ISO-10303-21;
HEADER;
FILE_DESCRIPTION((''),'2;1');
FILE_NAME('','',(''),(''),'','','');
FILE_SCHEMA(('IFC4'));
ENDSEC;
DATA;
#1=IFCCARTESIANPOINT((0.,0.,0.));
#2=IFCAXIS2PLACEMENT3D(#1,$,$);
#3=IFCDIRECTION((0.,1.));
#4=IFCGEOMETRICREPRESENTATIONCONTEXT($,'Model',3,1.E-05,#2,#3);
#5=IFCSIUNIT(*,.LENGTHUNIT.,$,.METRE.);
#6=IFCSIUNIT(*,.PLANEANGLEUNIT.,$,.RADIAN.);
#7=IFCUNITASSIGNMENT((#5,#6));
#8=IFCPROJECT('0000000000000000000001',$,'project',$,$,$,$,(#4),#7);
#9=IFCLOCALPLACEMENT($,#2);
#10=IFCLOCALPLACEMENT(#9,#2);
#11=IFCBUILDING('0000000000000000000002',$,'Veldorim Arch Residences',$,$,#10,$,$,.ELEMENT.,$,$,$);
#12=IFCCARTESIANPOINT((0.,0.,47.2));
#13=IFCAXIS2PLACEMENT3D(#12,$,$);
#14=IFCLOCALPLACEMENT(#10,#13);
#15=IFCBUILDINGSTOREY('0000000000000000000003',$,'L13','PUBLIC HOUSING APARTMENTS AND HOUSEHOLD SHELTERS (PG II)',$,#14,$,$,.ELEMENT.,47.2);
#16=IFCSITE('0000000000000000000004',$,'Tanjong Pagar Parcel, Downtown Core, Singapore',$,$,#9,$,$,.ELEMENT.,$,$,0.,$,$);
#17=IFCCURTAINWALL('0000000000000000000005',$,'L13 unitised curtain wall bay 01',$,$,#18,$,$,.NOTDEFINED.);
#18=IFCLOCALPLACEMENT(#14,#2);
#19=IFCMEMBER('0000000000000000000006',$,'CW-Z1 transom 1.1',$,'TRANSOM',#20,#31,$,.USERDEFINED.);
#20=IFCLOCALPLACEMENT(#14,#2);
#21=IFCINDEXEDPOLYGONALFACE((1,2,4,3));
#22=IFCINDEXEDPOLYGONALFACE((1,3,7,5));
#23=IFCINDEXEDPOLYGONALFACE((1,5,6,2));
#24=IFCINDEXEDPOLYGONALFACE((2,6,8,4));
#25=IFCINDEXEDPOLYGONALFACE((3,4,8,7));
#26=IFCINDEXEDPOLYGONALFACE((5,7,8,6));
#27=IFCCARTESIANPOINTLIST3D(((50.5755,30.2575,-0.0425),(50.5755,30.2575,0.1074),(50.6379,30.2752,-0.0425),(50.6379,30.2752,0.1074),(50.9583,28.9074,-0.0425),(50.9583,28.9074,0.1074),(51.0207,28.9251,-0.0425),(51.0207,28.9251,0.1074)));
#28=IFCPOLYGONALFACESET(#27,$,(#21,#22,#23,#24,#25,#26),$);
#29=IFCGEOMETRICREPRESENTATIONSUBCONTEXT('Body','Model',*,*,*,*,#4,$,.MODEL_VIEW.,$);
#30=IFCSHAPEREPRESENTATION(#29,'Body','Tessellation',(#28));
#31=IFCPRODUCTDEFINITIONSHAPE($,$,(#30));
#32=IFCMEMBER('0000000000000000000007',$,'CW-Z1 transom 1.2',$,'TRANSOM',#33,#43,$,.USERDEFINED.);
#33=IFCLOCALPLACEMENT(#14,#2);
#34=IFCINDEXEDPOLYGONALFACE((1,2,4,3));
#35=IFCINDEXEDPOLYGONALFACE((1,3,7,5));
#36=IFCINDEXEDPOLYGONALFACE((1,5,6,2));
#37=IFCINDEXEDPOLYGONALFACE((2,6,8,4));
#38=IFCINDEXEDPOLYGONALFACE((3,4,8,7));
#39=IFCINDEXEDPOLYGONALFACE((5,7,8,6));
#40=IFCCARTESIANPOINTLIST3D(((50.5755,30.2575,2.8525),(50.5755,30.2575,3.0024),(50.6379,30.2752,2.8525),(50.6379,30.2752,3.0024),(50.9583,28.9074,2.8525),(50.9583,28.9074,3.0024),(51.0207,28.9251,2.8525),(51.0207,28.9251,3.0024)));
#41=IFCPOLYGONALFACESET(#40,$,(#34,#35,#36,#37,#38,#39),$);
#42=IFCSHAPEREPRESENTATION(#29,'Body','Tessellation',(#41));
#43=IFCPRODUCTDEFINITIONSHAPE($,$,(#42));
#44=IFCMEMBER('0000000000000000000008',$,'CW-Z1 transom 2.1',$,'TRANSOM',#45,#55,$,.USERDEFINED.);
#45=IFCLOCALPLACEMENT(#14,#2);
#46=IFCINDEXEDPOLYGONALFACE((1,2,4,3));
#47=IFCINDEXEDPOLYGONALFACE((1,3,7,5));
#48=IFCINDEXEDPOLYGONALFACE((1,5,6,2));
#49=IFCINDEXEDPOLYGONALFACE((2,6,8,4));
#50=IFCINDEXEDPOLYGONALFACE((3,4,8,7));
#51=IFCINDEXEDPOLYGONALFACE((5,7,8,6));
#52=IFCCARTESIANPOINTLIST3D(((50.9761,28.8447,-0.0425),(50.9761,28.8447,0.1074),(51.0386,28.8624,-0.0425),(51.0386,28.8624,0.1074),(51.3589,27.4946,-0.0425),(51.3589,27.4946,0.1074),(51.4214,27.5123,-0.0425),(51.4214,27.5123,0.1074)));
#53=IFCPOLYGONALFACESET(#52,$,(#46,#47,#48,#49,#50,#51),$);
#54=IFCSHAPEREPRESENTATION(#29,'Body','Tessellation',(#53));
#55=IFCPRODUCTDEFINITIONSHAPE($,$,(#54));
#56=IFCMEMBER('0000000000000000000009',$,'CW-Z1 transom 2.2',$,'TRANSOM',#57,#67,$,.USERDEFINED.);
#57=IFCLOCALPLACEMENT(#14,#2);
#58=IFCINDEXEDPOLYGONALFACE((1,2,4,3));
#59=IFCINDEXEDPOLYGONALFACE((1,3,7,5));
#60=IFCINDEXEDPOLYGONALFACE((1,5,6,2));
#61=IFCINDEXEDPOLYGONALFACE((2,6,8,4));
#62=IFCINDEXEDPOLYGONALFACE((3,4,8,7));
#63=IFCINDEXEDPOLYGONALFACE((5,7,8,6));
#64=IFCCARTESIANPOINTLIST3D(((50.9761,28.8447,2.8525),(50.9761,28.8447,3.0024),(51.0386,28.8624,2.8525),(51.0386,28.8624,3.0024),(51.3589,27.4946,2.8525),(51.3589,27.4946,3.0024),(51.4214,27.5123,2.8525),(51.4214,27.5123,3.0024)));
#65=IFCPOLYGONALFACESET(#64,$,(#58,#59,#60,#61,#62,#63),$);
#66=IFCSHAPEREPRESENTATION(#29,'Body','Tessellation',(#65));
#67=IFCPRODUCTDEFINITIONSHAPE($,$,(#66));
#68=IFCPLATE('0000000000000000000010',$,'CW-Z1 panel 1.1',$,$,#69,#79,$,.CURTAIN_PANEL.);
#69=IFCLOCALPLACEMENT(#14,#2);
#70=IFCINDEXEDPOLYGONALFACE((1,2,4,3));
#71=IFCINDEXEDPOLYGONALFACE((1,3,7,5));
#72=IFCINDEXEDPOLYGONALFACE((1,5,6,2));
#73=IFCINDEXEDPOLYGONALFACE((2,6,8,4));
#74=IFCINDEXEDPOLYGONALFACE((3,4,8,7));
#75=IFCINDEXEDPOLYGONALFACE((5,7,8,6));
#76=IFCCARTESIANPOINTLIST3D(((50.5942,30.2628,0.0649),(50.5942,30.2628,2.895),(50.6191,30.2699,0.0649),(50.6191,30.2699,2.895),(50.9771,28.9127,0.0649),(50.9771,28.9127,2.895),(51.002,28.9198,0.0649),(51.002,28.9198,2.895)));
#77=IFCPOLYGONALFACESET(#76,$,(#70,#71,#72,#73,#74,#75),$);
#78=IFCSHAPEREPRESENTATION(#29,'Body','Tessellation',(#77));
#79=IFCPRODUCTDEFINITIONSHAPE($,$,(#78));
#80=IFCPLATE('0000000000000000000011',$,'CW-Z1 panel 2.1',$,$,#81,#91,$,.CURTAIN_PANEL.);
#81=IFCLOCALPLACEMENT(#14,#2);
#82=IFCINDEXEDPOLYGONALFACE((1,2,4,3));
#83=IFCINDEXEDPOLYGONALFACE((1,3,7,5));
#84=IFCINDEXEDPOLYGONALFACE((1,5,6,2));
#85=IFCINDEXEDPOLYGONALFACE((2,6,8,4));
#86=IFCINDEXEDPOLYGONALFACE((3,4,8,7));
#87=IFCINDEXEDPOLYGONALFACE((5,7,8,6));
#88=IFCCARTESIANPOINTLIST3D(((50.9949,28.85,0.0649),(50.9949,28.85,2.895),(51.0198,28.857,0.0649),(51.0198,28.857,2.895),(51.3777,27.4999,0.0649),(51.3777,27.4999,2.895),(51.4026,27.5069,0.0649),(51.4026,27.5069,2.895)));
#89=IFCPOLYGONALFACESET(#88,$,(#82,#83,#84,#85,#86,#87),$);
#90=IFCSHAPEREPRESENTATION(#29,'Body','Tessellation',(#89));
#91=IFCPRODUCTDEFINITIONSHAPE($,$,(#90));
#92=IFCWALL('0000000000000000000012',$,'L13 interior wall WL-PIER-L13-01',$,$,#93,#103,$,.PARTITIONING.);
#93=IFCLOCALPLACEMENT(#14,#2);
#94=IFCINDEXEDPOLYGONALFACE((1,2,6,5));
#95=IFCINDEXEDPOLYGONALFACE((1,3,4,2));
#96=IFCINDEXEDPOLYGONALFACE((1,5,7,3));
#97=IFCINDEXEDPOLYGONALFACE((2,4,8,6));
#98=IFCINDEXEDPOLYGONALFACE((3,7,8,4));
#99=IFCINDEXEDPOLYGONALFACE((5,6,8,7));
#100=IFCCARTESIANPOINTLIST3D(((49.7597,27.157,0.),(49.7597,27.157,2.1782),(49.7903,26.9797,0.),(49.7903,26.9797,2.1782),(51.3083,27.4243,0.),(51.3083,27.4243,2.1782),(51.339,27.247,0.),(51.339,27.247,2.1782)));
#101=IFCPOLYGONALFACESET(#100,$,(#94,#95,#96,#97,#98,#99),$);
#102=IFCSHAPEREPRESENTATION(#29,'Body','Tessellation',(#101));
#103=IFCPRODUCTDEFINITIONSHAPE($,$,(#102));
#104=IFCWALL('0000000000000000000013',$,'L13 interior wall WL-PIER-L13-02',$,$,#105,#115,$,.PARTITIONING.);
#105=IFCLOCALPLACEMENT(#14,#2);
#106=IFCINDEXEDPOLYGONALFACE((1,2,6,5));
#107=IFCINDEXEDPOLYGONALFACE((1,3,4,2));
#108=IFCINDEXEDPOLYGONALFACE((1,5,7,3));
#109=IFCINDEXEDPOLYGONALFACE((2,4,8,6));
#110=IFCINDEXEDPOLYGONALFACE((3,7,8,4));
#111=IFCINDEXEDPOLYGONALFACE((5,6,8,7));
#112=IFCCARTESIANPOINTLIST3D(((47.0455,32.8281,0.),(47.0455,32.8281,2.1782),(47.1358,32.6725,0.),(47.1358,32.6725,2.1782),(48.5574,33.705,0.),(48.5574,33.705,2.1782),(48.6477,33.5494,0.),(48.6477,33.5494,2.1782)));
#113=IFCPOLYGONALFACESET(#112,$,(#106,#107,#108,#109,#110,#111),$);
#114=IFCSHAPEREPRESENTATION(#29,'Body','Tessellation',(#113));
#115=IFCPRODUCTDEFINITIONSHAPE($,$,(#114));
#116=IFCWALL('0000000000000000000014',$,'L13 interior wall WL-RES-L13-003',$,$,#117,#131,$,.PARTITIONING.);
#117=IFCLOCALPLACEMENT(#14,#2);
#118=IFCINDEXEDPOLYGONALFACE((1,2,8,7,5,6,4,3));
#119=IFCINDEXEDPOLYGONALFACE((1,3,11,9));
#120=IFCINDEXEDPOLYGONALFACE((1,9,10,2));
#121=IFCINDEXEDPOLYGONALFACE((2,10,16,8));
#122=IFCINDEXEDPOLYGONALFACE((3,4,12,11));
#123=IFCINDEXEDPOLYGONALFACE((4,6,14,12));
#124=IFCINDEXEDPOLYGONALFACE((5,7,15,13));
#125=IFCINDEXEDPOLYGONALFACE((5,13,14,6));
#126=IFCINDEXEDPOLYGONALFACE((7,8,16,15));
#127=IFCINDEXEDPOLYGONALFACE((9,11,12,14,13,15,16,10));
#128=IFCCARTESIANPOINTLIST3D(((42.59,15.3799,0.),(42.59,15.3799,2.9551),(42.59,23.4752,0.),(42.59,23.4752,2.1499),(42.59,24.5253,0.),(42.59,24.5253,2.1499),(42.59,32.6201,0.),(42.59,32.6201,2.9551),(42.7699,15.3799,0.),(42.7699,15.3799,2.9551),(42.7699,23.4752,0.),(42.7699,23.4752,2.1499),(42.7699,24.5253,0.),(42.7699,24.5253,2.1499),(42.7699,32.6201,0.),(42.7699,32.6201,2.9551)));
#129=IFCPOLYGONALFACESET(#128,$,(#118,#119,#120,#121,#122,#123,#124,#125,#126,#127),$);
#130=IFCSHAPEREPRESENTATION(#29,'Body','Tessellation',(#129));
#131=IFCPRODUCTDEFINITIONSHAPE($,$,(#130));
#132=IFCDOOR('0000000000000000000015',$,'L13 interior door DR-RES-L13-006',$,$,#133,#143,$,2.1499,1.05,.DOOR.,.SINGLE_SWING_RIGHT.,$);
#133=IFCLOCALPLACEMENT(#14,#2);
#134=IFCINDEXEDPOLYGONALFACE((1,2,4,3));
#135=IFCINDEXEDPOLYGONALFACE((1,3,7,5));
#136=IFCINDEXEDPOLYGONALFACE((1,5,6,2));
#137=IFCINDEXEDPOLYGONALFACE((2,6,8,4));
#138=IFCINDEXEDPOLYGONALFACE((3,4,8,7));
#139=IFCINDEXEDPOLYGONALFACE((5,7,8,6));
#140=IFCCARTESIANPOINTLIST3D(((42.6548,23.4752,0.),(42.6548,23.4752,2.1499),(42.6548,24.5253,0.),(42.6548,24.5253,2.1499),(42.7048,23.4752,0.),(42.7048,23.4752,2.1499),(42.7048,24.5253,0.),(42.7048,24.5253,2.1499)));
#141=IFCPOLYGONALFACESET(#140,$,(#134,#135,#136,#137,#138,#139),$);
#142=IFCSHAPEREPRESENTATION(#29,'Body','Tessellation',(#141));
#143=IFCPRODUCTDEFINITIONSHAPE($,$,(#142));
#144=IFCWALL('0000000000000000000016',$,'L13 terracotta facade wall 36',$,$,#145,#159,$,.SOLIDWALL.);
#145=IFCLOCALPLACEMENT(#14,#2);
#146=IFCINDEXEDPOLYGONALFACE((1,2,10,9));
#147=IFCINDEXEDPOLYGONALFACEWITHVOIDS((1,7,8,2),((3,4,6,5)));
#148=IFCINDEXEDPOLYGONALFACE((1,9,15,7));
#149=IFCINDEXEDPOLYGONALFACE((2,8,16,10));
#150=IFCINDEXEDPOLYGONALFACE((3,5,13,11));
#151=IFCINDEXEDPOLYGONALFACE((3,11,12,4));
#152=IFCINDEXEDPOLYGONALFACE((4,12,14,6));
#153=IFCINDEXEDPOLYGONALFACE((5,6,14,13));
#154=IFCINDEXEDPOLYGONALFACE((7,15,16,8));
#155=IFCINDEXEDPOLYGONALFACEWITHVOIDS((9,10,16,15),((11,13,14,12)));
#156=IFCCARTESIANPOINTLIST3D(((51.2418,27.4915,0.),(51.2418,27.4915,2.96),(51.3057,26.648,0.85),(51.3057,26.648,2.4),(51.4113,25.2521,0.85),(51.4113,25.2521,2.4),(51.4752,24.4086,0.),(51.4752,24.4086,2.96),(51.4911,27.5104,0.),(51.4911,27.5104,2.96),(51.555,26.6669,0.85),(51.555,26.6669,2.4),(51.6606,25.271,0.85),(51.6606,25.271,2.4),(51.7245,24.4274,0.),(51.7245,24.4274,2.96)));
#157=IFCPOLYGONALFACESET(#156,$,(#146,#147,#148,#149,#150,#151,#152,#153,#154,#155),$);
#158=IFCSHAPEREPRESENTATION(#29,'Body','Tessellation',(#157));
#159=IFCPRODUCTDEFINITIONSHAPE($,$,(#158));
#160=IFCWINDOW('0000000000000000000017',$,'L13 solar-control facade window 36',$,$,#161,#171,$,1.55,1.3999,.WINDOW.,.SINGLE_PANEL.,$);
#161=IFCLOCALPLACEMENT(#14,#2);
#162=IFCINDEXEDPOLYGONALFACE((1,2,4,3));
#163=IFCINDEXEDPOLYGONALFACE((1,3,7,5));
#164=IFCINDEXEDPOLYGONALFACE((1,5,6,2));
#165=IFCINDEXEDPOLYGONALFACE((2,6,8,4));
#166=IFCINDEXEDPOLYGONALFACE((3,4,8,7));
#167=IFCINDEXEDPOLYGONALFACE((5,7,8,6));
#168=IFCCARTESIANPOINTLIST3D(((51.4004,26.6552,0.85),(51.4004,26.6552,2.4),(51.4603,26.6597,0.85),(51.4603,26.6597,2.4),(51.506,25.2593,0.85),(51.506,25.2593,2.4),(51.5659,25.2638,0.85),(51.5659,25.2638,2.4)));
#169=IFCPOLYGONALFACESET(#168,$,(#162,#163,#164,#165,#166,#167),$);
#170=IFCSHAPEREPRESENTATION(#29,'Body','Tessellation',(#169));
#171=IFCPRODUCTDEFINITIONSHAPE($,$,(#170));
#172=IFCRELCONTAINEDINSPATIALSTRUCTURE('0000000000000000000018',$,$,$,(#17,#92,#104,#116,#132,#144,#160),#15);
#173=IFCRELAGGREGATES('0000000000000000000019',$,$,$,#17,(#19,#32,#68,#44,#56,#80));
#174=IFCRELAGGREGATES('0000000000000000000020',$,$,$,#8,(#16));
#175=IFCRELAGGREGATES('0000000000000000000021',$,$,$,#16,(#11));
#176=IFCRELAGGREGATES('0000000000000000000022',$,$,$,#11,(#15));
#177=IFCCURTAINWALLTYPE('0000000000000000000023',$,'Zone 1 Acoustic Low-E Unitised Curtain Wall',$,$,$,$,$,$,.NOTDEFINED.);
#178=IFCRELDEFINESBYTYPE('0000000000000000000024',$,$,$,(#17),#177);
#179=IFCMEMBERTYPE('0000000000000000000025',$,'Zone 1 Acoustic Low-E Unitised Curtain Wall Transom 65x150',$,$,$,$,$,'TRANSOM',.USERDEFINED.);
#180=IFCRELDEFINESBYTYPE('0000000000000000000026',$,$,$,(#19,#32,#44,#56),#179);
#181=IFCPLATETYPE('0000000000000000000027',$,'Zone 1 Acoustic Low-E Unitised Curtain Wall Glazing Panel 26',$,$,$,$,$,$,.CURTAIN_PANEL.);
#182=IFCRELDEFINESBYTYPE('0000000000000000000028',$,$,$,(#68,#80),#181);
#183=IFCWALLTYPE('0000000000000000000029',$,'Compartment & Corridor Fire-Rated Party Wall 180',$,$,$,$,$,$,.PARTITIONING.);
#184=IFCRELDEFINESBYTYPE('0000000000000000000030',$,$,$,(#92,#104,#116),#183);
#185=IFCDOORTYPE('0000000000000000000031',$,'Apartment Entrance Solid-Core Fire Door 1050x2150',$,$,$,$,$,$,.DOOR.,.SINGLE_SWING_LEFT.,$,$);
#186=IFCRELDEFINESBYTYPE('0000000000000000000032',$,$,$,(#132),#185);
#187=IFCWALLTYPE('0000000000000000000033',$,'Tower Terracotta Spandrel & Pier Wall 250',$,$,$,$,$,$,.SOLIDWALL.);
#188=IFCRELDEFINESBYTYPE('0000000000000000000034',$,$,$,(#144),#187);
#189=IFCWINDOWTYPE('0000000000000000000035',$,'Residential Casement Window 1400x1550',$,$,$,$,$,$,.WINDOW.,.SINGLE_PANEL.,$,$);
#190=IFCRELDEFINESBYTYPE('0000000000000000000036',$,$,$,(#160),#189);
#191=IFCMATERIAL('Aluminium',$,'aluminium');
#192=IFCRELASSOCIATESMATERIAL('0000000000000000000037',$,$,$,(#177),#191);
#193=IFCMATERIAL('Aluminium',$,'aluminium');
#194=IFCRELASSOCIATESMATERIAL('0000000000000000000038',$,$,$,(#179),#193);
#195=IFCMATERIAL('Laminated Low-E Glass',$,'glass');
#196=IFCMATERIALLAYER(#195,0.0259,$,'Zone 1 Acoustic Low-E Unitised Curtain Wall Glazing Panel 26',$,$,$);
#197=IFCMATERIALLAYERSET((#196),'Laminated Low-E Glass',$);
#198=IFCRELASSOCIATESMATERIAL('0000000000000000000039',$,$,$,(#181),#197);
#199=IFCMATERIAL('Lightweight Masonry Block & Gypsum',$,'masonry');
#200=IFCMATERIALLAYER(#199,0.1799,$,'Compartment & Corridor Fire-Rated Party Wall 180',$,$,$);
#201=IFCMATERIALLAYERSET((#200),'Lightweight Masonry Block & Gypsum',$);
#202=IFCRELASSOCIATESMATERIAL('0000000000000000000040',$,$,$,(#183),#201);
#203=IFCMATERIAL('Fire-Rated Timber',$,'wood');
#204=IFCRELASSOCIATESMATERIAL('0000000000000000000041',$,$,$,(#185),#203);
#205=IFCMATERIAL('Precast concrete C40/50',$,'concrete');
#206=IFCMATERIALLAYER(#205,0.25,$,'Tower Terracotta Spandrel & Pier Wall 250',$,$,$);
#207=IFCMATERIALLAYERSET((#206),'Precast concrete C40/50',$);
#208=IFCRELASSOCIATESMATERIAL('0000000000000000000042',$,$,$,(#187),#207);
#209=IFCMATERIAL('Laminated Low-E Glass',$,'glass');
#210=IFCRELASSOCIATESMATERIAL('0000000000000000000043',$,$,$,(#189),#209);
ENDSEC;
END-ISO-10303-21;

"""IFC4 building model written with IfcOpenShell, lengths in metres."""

from ifc_helpers import new_model, si_unit, direction, frame, frame_2d, origin, origin_2d, place, context, subcontext, project, spatial, rectangle, extrude, material, layer, layer_set, material_profile, profile_set, type_object, element, fill, aggregate, save


model = new_model("IFC4")

# Units and contexts
model_context = context("Model", 3, precision=1e-05, world=origin(), true_north=direction((0.0, 1.0)))
body_context = subcontext(model_context, "Body", "Model", "MODEL_VIEW")
ifc_project = project(units=[si_unit("LENGTHUNIT", "METRE"), si_unit("PLANEANGLEUNIT", "RADIAN")], contexts=[model_context])

# Site, building, storey
site_placement = place(None, origin())
site = spatial("IfcSite", under=ifc_project, at=site_placement, Name="Tanjong Pagar Parcel, Downtown Core, Singapore", CompositionType="ELEMENT", RefElevation=0.0)
building_placement = place(site_placement, origin())
building = spatial("IfcBuilding", under=site, at=building_placement, Name="Veldorim Arch Residences", CompositionType="ELEMENT")
storey_placement = place(building_placement, frame((0.0, 0.0, 47.2)))
storey = spatial("IfcBuildingStorey", under=building, at=storey_placement, Name="L13", Description="PUBLIC HOUSING APARTMENTS AND HOUSEHOLD SHELTERS (PG II)", CompositionType="ELEMENT", Elevation=47.2)

# Curtain wall, members, plates
ifc_material_1 = material(Name="Aluminium", Category="aluminium")
curtain_wall_type = type_object("IfcCurtainWallType", Name="Zone 1 Acoustic Low-E Unitised Curtain Wall", PredefinedType="NOTDEFINED", material=ifc_material_1)
curtain_wall_placement = place(storey_placement, origin())
curtain_wall = element("IfcCurtainWall", 1, at=curtain_wall_placement, inside=storey, type_object=curtain_wall_type, Name="L13 unitised curtain wall bay 01", PredefinedType="NOTDEFINED")
ifc_material_2 = material(Name="Aluminium", Category="aluminium")
ifc_material_profile_1 = material_profile(ifc_material_2, rectangle(XDim=0.0649, YDim=0.1499, at=origin_2d()), Name="ALU_TRN_65x150")
ifc_profile_set_1 = profile_set([ifc_material_profile_1], Name="Aluminium")
member_type_1 = type_object("IfcMemberType", Name="Zone 1 Acoustic Low-E Unitised Curtain Wall Transom 65x150", ElementType="TRANSOM", PredefinedType="USERDEFINED", material=ifc_profile_set_1)
member_1_placement = place(storey_placement, frame((50.6067, 30.2664, 0.0325), z_axis=(0.27279, -0.962073, 0.0), x_axis=(0.962073, 0.27279, 0.0)))
member_1 = element("IfcMember", 2, at=member_1_placement, type_object=member_type_1, Name="CW-Z1 transom 1.1", ObjectType="TRANSOM", PredefinedType="USERDEFINED", context=body_context, shape_type="SweptSolid", body=[
    extrude(rectangle(XDim=0.0649, YDim=0.1499, at=origin_2d()), origin(), (0.0, 0.0, 1.0), 1.4033),
])
member_2_placement = place(storey_placement, frame((50.6067, 30.2664, 2.9275), z_axis=(0.27279, -0.962073, 0.0), x_axis=(0.962073, 0.27279, 0.0)))
member_2 = element("IfcMember", 3, at=member_2_placement, type_object=member_type_1, Name="CW-Z1 transom 1.2", ObjectType="TRANSOM", PredefinedType="USERDEFINED", context=body_context, shape_type="SweptSolid", body=[
    extrude(rectangle(XDim=0.0649, YDim=0.1499, at=origin_2d()), origin(), (0.0, 0.0, 1.0), 1.4033),
])
member_3_placement = place(storey_placement, frame((51.0073, 28.8535, 0.0325), z_axis=(0.27279, -0.962073, 0.0), x_axis=(0.962073, 0.27279, 0.0)))
member_3 = element("IfcMember", 4, at=member_3_placement, type_object=member_type_1, Name="CW-Z1 transom 2.1", ObjectType="TRANSOM", PredefinedType="USERDEFINED", context=body_context, shape_type="SweptSolid", body=[
    extrude(rectangle(XDim=0.0649, YDim=0.1499, at=origin_2d()), origin(), (0.0, 0.0, 1.0), 1.4033),
])
member_4_placement = place(storey_placement, frame((51.0073, 28.8535, 2.9275), z_axis=(0.27279, -0.962073, 0.0), x_axis=(0.962073, 0.27279, 0.0)))
member_4 = element("IfcMember", 5, at=member_4_placement, type_object=member_type_1, Name="CW-Z1 transom 2.2", ObjectType="TRANSOM", PredefinedType="USERDEFINED", context=body_context, shape_type="SweptSolid", body=[
    extrude(rectangle(XDim=0.0649, YDim=0.1499, at=origin_2d()), origin(), (0.0, 0.0, 1.0), 1.4033),
])
ifc_material_3 = material(Name="Laminated Low-E Glass", Category="glass")
ifc_layer_1 = layer(ifc_material_3, 0.0259, Name="Zone 1 Acoustic Low-E Unitised Curtain Wall Glazing Panel 26")
ifc_layer_set_1 = layer_set([ifc_layer_1], Name="Laminated Low-E Glass")
plate_type = type_object("IfcPlateType", Name="Zone 1 Acoustic Low-E Unitised Curtain Wall Glazing Panel 26", PredefinedType="CURTAIN_PANEL", material=ifc_layer_set_1)
plate_1_placement = place(storey_placement, frame((50.7981, 29.5913, 0.0649), z_axis=(0.0, 0.0, 1.0), x_axis=(0.272798, -0.962071, 0.0)))
plate_1 = element("IfcPlate", 6, at=plate_1_placement, type_object=plate_type, Name="CW-Z1 panel 1.1", PredefinedType="CURTAIN_PANEL", context=body_context, shape_type="SweptSolid", body=[
    extrude(rectangle(XDim=1.4033, YDim=0.0259, at=origin_2d()), origin(), (0.0, 0.0, 1.0), 2.8301),
])
plate_2_placement = place(storey_placement, frame((51.1987, 28.1785, 0.0649), z_axis=(0.0, 0.0, 1.0), x_axis=(0.272798, -0.962071, 0.0)))
plate_2 = element("IfcPlate", 7, at=plate_2_placement, type_object=plate_type, Name="CW-Z1 panel 2.1", PredefinedType="CURTAIN_PANEL", context=body_context, shape_type="SweptSolid", body=[
    extrude(rectangle(XDim=1.4033, YDim=0.0259, at=origin_2d()), origin(), (0.0, 0.0, 1.0), 2.8301),
])
aggregate(curtain_wall, [member_1, member_2, plate_1, member_3, member_4, plate_2])

# Walls
ifc_material_4 = material(Name="Lightweight Masonry Block & Gypsum", Category="masonry")
ifc_layer_2 = layer(ifc_material_4, 0.1799, Name="Compartment & Corridor Fire-Rated Party Wall 180")
ifc_layer_set_2 = layer_set([ifc_layer_2], Name="Lightweight Masonry Block & Gypsum")
wall_type_1 = type_object("IfcWallType", Name="Compartment & Corridor Fire-Rated Party Wall 180", PredefinedType="PARTITIONING", material=ifc_layer_set_2)
wall_1_placement = place(storey_placement, frame((49.7751, 27.0684, 0.0), z_axis=(0.0, 0.0, 1.0), x_axis=(0.985424, 0.170115, 0.0)))
element("IfcWall", 8, at=wall_1_placement, inside=storey, type_object=wall_type_1, Name="L13 interior wall WL-PIER-L13-01", PredefinedType="PARTITIONING", context=body_context, shape_type="SweptSolid", body=[
    extrude(rectangle(XDim=1.5715, YDim=0.1799, at=frame_2d((0.7856, 0.0))), origin(), (0.0, 0.0, 1.0), 2.1782),
])
wall_2_placement = place(storey_placement, frame((47.0906, 32.7502, 0.0), z_axis=(0.0, 0.0, 1.0), x_axis=(0.865028, 0.501724, 0.0)))
element("IfcWall", 9, at=wall_2_placement, inside=storey, type_object=wall_type_1, Name="L13 interior wall WL-PIER-L13-02", PredefinedType="PARTITIONING", context=body_context, shape_type="SweptSolid", body=[
    extrude(rectangle(XDim=1.7478, YDim=0.1799, at=frame_2d((0.874, 0.0))), origin(), (0.0, 0.0, 1.0), 2.1782),
])

# Wall, opening, door
wall_3_placement = place(storey_placement, frame((42.6799, 32.6201, 0.0), z_axis=(0.0, 0.0, 1.0), x_axis=(0.0, -1.0, 0.0)))
wall_3 = element("IfcWall", 10, at=wall_3_placement, inside=storey, type_object=wall_type_1, Name="L13 interior wall WL-RES-L13-003", PredefinedType="PARTITIONING", context=body_context, shape_type="SweptSolid", body=[
    extrude(rectangle(XDim=17.2402, YDim=0.1799, at=frame_2d((8.6201, 0.0))), origin(), (0.0, 0.0, 1.0), 2.9551),
])
opening_1_placement = place(wall_3_placement, frame((8.095, 0.0, 0.0)))
opening_1 = element("IfcOpeningElement", 11, at=opening_1_placement, cuts=wall_3, PredefinedType="OPENING", context=body_context, shape_type="SweptSolid", body=[
    extrude(rectangle(XDim=1.05, YDim=2.1499, at=frame_2d((0.5249, 1.075))), frame((0.0, 0.0999, 0.0), z_axis=(0.0, -1.0, 0.0), x_axis=(1.0, 0.0, 0.0)), (0.0, 0.0, 1.0), 0.2),
])
ifc_material_5 = material(Name="Fire-Rated Timber", Category="wood")
door_type = type_object("IfcDoorType", Name="Apartment Entrance Solid-Core Fire Door 1050x2150", OperationType="SINGLE_SWING_LEFT", PredefinedType="DOOR", material=ifc_material_5)
door_placement = place(opening_1_placement, origin())
door = element("IfcDoor", 12, at=door_placement, inside=storey, type_object=door_type, Name="L13 interior door DR-RES-L13-006", OperationType="SINGLE_SWING_RIGHT", OverallHeight=2.1499, OverallWidth=1.05, PredefinedType="DOOR", context=body_context, shape_type="SweptSolid", body=[
    extrude(rectangle(XDim=1.05, YDim=2.1499, at=frame_2d((0.5249, 1.075))), frame((0.0, 0.0249, 0.0), z_axis=(0.0, -1.0, 0.0), x_axis=(1.0, 0.0, 0.0)), (0.0, 0.0, 1.0), 0.05),
])
fill(opening_1, door)

# Wall, opening, window
ifc_material_6 = material(Name="Precast concrete C40/50", Category="concrete")
ifc_layer_3 = layer(ifc_material_6, 0.25, Name="Tower Terracotta Spandrel & Pier Wall 250")
ifc_layer_set_3 = layer_set([ifc_layer_3], Name="Precast concrete C40/50")
wall_type_2 = type_object("IfcWallType", Name="Tower Terracotta Spandrel & Pier Wall 250", PredefinedType="SOLIDWALL", material=ifc_layer_set_3)
wall_4_placement = place(storey_placement, frame((51.3665, 27.501, 0.0), z_axis=(0.0, 0.0, 1.0), x_axis=(0.075489, -0.997147, 0.0)))
wall_4 = element("IfcWall", 13, at=wall_4_placement, inside=storey, type_object=wall_type_2, Name="L13 terracotta facade wall 36", PredefinedType="SOLIDWALL", context=body_context, shape_type="SweptSolid", body=[
    extrude(rectangle(XDim=3.0918, YDim=0.25, at=frame_2d((1.5459, 0.0))), origin(), (0.0, 0.0, 1.0), 2.96),
])
opening_2_placement = place(wall_4_placement, frame((0.8459, 0.0, 0.8501)))
opening_2 = element("IfcOpeningElement", 14, at=opening_2_placement, cuts=wall_4, PredefinedType="OPENING", context=body_context, shape_type="SweptSolid", body=[
    extrude(rectangle(XDim=1.3999, YDim=1.55, at=frame_2d((0.7, 0.7749))), frame((0.0, 0.135, 0.0), z_axis=(0.0, -1.0, 0.0), x_axis=(1.0, 0.0, 0.0)), (0.0, 0.0, 1.0), 0.27),
])
ifc_material_7 = material(Name="Laminated Low-E Glass", Category="glass")
window_type = type_object("IfcWindowType", Name="Residential Casement Window 1400x1550", PartitioningType="SINGLE_PANEL", PredefinedType="WINDOW", material=ifc_material_7)
window_placement = place(opening_2_placement, origin())
window = element("IfcWindow", 15, at=window_placement, inside=storey, type_object=window_type, Name="L13 solar-control facade window 36", OverallHeight=1.55, OverallWidth=1.3999, PartitioningType="SINGLE_PANEL", PredefinedType="WINDOW", context=body_context, shape_type="SweptSolid", body=[
    extrude(rectangle(XDim=1.3999, YDim=1.55, at=frame_2d((0.7, 0.7749))), frame((0.0, 0.03, 0.0), z_axis=(0.0, -1.0, 0.0), x_axis=(1.0, 0.0, 0.0)), (0.0, 0.0, 1.0), 0.0601),
])
fill(opening_2, window)

save(model, "model.ifc")
